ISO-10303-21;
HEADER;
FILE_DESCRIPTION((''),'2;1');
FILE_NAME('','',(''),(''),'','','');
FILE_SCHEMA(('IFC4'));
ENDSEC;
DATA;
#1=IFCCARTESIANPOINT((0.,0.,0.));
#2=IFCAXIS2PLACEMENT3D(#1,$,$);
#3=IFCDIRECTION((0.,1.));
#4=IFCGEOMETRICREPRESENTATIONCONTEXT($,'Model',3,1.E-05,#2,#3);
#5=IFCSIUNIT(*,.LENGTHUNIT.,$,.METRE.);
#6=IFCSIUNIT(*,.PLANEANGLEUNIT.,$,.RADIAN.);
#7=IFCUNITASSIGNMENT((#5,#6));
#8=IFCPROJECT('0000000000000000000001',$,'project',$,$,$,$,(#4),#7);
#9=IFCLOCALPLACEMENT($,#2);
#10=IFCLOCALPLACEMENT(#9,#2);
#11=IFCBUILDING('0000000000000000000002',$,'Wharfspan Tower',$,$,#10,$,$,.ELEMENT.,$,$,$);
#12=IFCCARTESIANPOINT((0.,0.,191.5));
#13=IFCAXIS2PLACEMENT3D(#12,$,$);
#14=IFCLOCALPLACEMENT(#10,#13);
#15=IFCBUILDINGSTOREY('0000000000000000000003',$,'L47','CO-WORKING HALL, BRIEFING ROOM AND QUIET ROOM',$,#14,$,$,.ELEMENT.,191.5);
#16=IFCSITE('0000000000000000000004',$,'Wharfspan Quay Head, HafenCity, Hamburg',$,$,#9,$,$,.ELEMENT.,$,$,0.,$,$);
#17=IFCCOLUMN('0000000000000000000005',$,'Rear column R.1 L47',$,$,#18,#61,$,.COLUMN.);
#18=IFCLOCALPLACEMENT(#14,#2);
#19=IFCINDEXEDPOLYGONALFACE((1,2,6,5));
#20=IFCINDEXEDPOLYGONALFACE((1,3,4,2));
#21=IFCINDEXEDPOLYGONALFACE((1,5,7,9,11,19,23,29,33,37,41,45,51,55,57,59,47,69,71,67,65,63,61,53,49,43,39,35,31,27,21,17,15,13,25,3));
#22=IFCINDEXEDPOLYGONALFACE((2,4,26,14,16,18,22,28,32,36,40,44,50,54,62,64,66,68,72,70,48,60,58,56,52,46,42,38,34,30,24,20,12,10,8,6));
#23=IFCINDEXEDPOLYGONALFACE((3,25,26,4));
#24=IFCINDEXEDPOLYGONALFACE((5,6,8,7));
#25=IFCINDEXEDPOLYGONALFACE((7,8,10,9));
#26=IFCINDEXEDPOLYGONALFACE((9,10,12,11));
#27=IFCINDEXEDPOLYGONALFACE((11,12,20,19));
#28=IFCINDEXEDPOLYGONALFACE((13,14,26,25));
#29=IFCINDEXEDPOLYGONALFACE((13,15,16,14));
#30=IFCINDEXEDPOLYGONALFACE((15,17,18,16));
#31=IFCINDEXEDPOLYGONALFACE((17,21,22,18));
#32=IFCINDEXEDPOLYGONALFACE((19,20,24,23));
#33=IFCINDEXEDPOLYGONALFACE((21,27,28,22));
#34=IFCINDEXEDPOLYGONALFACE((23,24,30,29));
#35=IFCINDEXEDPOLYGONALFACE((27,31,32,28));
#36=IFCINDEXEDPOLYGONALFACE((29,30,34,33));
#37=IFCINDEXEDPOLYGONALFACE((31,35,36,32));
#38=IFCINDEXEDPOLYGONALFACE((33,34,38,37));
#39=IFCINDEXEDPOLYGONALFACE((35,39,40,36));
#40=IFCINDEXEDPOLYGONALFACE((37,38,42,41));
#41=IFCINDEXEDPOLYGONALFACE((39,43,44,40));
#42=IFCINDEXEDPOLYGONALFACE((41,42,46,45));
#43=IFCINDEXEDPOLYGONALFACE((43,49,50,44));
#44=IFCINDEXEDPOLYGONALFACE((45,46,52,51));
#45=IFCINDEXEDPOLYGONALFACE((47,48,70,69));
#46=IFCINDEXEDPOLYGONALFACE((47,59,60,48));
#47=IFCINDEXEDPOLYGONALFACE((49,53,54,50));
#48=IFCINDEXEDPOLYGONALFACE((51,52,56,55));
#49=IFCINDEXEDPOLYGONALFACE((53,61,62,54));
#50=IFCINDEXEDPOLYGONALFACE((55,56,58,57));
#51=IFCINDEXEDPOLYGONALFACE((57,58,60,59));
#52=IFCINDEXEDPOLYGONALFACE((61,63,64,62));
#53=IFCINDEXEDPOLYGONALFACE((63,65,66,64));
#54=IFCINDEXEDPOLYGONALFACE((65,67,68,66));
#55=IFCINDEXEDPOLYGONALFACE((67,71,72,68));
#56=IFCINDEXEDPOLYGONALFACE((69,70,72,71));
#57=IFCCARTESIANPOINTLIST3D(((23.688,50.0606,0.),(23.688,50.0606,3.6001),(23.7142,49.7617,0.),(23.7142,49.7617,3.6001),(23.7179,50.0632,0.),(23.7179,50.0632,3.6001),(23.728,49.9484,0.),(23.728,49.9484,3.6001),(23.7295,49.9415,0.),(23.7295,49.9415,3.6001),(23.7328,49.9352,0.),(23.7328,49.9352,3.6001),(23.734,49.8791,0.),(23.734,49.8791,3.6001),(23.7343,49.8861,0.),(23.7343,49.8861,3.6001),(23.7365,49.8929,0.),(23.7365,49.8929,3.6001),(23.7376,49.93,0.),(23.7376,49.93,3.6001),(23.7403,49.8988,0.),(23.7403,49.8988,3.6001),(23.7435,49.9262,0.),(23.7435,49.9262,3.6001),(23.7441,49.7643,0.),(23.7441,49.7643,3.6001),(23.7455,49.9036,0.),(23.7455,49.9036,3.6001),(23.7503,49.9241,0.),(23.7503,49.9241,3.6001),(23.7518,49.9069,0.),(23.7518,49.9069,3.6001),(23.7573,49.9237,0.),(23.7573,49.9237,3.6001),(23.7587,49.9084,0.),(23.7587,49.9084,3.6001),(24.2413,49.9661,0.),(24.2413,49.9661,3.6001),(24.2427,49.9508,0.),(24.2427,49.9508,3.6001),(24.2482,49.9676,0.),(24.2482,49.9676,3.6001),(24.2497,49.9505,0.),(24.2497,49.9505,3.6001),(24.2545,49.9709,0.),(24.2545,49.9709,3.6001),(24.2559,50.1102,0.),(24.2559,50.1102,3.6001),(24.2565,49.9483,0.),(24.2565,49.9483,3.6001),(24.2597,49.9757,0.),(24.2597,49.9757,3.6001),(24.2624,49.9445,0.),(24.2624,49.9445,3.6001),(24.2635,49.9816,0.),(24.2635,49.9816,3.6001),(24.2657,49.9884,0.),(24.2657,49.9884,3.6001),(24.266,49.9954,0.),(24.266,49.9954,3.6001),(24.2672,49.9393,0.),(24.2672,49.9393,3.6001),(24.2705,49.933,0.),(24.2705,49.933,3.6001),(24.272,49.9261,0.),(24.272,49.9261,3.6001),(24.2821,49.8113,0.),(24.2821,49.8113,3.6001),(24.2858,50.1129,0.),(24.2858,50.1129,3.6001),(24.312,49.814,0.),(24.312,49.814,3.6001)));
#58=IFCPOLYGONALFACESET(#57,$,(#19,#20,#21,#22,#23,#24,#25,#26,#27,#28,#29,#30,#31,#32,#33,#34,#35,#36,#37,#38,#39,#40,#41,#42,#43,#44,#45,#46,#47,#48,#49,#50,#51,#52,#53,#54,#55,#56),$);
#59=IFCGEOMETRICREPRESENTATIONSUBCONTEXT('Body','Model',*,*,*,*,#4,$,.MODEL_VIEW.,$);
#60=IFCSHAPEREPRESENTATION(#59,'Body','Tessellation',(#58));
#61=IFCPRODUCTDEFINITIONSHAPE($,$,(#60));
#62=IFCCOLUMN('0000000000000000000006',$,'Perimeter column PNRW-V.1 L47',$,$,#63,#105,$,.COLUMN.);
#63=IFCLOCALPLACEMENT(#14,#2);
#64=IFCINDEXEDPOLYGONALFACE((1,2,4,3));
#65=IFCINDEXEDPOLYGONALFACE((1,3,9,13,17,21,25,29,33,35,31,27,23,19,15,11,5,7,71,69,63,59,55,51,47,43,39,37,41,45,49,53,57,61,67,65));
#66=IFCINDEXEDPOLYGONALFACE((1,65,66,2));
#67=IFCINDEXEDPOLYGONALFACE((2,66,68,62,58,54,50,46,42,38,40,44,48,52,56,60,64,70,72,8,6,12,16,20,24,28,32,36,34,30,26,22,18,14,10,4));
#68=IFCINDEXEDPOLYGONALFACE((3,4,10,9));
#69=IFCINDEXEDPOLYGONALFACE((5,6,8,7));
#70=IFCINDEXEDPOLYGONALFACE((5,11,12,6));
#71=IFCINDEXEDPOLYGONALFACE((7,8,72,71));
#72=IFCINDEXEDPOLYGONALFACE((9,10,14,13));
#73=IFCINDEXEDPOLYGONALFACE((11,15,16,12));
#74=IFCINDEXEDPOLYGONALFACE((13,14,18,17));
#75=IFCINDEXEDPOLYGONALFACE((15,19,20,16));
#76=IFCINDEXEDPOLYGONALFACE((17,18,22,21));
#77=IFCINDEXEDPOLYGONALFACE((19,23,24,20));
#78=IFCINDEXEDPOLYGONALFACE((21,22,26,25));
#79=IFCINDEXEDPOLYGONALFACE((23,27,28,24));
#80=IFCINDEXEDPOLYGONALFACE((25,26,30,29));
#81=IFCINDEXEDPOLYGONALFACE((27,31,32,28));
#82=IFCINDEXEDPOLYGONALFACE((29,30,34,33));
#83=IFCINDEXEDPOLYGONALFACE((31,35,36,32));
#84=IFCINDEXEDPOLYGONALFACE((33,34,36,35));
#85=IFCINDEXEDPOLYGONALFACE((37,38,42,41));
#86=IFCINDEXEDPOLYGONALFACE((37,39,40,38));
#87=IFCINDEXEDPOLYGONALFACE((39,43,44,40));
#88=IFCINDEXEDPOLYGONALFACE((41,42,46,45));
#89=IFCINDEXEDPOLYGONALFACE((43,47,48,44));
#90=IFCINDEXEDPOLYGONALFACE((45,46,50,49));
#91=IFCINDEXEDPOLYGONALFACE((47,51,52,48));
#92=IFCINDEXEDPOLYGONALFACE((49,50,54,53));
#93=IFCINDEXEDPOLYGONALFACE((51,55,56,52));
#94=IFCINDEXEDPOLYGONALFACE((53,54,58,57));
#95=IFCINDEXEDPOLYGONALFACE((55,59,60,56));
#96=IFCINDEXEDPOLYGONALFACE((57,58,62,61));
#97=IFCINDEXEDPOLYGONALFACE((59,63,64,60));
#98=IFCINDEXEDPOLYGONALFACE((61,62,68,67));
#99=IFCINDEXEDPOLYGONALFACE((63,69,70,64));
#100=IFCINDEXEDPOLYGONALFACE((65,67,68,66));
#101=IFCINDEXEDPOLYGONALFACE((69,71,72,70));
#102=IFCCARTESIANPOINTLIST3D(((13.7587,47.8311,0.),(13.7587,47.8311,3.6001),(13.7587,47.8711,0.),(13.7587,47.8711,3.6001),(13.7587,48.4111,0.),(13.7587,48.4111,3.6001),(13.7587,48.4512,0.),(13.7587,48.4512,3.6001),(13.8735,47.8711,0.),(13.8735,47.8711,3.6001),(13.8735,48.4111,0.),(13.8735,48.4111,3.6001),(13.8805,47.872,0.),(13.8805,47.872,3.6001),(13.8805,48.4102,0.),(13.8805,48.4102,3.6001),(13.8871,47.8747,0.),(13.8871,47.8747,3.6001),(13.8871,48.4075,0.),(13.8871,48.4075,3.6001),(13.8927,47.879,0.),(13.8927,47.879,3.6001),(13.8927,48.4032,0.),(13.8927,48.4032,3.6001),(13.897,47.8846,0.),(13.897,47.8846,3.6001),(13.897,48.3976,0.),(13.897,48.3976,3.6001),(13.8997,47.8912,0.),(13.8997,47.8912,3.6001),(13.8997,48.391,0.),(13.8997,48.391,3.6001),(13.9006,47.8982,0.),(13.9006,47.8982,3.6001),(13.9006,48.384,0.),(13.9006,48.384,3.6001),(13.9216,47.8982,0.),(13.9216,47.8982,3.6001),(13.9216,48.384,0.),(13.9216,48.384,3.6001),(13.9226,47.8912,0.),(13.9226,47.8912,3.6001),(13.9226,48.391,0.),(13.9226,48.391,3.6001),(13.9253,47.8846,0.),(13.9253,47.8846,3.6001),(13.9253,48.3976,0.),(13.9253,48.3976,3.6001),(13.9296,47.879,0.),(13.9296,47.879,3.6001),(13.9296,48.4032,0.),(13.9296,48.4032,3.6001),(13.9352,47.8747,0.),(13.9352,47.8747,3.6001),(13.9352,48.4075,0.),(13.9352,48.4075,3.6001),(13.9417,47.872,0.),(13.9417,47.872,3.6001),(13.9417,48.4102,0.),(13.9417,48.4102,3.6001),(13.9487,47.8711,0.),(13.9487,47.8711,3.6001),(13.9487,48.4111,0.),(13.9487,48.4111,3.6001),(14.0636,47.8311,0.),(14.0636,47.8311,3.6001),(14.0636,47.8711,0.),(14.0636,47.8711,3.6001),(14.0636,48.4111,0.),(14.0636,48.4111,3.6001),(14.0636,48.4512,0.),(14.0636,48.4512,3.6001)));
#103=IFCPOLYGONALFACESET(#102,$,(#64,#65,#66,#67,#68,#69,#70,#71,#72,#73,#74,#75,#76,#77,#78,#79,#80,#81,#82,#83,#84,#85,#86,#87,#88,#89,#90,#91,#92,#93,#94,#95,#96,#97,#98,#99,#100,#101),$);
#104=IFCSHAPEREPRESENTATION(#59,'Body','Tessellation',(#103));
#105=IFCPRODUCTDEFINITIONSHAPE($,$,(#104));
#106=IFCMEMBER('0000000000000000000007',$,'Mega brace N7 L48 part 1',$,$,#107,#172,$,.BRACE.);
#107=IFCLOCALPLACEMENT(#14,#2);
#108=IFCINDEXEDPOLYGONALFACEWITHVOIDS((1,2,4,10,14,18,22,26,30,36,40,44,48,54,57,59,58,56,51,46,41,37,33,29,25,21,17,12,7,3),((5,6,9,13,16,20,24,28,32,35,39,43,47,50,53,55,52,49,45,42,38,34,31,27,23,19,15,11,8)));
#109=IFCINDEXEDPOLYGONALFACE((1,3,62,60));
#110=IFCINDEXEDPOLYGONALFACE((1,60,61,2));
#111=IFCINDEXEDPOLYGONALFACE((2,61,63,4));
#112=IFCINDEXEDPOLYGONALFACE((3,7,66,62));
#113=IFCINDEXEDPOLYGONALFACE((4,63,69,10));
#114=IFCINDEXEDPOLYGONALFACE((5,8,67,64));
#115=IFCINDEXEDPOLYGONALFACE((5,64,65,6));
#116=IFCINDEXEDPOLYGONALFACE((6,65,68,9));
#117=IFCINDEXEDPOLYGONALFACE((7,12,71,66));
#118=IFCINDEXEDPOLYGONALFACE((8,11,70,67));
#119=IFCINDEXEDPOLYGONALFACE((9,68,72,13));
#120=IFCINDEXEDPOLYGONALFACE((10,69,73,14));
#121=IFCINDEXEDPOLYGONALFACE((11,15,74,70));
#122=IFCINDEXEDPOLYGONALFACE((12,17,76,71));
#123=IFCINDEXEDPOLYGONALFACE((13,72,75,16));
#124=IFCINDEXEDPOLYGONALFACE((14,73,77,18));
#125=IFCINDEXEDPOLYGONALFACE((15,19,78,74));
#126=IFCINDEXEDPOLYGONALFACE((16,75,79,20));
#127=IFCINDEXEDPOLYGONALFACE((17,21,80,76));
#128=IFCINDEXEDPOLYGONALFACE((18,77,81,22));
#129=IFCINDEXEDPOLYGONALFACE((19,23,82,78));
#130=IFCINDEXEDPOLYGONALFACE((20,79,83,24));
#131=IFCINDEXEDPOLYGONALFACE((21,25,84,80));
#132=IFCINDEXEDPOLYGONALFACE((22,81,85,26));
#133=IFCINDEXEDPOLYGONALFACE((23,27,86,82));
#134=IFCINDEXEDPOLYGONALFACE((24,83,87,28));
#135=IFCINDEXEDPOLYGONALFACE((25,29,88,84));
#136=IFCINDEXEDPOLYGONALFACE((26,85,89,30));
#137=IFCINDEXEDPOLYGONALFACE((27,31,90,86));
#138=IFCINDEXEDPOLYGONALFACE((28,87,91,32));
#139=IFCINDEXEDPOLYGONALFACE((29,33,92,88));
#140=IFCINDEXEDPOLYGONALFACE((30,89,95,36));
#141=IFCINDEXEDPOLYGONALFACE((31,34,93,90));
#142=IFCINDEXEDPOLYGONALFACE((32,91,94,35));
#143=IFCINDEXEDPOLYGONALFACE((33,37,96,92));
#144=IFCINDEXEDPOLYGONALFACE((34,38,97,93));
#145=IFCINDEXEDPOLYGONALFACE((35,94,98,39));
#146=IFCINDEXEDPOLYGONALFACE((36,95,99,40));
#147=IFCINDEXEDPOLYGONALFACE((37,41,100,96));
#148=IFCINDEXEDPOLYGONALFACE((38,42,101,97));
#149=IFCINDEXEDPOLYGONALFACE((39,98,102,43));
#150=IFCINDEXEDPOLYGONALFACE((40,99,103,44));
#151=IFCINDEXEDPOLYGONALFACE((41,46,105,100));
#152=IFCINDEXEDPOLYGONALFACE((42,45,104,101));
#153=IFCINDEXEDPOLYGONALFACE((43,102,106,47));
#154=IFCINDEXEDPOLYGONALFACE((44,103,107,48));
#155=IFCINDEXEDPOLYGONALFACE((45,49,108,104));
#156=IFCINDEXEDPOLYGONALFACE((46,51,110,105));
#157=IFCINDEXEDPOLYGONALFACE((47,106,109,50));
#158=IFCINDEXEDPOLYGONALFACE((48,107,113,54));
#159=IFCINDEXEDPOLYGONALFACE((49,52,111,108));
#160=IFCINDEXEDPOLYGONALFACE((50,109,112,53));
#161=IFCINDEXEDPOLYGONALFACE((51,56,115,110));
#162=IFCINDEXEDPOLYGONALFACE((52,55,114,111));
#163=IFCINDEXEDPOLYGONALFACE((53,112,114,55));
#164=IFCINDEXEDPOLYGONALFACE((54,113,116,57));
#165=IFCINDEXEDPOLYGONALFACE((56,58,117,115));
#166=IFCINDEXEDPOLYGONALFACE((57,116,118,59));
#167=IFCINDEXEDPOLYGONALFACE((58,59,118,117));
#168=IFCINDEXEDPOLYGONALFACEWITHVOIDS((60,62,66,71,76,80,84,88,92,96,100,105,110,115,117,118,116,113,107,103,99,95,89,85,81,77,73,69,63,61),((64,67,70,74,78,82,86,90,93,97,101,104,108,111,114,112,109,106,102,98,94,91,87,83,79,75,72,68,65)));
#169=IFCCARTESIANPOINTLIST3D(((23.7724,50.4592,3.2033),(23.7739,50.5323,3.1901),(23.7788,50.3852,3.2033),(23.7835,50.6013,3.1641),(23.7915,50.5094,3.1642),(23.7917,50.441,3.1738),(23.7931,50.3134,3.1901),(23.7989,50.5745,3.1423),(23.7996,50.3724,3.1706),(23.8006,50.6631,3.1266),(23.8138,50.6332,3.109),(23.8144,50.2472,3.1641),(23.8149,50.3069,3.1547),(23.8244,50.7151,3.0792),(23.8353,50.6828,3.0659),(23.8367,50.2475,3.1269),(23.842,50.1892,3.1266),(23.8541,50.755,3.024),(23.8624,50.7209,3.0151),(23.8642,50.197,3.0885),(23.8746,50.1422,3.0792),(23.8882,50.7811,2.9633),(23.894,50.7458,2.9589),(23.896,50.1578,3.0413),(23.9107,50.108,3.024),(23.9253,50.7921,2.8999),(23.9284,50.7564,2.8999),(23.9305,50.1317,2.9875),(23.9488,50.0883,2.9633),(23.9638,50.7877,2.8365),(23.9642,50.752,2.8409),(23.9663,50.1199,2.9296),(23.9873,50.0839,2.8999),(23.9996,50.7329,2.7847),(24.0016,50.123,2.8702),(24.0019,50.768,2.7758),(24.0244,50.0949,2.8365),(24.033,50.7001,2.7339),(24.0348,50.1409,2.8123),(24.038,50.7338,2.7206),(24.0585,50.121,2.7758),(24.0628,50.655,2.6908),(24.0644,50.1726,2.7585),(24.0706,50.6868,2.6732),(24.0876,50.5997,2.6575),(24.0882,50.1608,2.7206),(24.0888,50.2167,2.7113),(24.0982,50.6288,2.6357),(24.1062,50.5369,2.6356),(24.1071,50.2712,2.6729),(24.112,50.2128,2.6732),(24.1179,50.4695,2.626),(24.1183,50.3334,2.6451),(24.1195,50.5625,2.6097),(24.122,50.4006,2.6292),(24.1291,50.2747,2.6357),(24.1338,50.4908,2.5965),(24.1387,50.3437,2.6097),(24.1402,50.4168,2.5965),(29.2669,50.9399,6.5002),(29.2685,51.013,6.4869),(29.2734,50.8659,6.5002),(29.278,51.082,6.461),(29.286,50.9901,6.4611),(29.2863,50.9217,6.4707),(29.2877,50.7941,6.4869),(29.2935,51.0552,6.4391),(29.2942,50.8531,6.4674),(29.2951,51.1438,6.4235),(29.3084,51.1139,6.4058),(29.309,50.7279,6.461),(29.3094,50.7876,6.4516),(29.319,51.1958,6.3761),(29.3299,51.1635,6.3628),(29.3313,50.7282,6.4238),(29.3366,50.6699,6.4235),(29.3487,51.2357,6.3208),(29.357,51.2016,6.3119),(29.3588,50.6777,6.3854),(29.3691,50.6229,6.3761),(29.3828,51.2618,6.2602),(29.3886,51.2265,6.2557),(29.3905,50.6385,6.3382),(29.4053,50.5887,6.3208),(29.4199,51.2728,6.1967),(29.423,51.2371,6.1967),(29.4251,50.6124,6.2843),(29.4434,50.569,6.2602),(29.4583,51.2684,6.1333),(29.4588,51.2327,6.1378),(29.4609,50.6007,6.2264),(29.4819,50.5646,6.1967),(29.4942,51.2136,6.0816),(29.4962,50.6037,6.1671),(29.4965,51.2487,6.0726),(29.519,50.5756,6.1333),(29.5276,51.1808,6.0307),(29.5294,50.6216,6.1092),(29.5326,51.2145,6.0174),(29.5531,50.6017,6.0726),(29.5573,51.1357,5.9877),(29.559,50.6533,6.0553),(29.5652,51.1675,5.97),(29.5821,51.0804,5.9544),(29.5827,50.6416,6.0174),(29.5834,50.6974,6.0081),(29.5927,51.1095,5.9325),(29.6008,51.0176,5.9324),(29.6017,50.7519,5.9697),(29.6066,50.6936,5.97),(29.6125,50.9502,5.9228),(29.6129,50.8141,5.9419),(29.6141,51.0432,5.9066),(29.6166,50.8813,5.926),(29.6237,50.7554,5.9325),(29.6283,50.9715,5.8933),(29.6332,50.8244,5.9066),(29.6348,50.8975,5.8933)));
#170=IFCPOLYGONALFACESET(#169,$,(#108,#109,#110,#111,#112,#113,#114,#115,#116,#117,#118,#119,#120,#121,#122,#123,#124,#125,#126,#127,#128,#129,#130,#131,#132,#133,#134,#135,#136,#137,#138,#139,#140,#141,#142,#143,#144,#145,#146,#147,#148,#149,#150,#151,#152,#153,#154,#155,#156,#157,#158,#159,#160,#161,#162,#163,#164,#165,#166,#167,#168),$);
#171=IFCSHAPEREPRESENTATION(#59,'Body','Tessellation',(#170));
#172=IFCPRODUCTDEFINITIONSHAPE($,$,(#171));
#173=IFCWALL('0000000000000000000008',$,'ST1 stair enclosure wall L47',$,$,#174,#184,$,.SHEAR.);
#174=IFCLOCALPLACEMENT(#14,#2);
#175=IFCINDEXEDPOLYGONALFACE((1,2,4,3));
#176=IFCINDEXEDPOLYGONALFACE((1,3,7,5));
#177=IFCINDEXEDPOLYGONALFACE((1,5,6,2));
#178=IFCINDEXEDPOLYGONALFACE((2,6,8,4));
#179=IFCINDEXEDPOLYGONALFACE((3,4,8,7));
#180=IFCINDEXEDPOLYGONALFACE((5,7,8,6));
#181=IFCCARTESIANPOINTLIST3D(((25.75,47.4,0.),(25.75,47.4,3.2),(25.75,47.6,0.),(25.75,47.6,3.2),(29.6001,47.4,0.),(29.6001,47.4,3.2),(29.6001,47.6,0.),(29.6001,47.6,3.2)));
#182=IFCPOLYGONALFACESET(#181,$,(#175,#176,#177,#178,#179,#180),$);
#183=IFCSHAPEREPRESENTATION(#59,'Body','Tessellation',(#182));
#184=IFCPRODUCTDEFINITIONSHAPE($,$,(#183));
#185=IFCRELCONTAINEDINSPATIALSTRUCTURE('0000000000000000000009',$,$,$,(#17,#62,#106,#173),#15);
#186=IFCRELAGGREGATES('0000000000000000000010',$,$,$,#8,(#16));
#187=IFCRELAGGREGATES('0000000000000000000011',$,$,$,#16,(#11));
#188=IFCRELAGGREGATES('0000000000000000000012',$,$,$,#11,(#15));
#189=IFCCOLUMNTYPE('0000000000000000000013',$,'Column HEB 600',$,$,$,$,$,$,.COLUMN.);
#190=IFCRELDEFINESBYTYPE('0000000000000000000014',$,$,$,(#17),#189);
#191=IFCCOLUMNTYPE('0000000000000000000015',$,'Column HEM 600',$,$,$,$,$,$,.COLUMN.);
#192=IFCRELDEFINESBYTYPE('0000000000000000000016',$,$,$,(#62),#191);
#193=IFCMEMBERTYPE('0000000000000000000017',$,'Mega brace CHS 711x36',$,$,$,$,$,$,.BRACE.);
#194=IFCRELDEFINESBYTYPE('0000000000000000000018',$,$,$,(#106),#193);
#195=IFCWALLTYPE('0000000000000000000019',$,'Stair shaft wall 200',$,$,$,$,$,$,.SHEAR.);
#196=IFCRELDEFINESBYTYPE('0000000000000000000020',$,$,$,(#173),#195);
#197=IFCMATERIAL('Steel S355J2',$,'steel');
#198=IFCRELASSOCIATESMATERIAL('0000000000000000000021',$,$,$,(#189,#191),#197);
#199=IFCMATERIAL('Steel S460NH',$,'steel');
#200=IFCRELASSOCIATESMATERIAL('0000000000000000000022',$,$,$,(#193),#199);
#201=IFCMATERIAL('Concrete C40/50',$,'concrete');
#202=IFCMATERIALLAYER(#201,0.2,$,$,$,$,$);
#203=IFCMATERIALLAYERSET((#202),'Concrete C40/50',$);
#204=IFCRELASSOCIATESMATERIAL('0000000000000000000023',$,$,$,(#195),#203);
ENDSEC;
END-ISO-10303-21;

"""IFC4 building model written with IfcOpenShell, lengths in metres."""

from ifc_helpers import new_model, si_unit, direction, frame, frame_2d, origin, origin_2d, place, context, subcontext, project, spatial, rectangle, hollow_circle, i_section, extrude, material, layer, layer_set, material_profile, profile_set, type_object, element, save


model = new_model("IFC4")

# Units and contexts
model_context = context("Model", 3, precision=1e-05, world=origin(), true_north=direction((0.0, 1.0)))
body_context = subcontext(model_context, "Body", "Model", "MODEL_VIEW")
ifc_project = project(units=[si_unit("LENGTHUNIT", "METRE"), si_unit("PLANEANGLEUNIT", "RADIAN")], contexts=[model_context])

# Site, building, storey
site_placement = place(None, origin())
site = spatial("IfcSite", under=ifc_project, at=site_placement, Name="Wharfspan Quay Head, HafenCity, Hamburg", CompositionType="ELEMENT", RefElevation=0.0)
building_placement = place(site_placement, origin())
building = spatial("IfcBuilding", under=site, at=building_placement, Name="Wharfspan Tower", CompositionType="ELEMENT")
storey_placement = place(building_placement, frame((0.0, 0.0, 191.5)))
storey = spatial("IfcBuildingStorey", under=building, at=storey_placement, Name="L47", Description="CO-WORKING HALL, BRIEFING ROOM AND QUIET ROOM", CompositionType="ELEMENT", Elevation=191.5)

# Columns
ifc_material_1 = material(Name="Steel S355J2", Category="steel")
ifc_material_profile_1 = material_profile(ifc_material_1, i_section(OverallWidth=0.3, OverallDepth=0.6001, WebThickness=0.0154, FlangeThickness=0.03, FilletRadius=0.0271, at=origin_2d()))
ifc_profile_set_1 = profile_set([ifc_material_profile_1], Name="Steel S355J2")
column_type_1 = type_object("IfcColumnType", Name="Column HEB 600", PredefinedType="COLUMN", material=ifc_profile_set_1)
column_1_placement = place(storey_placement, frame((24.0, 49.9373, 0.0), z_axis=(0.0, 0.0, 1.0), x_axis=(-0.087156, 0.996198, 0.0)))
element("IfcColumn", 1, at=column_1_placement, inside=storey, type_object=column_type_1, Name="Rear column R.1 L47", PredefinedType="COLUMN", context=body_context, shape_type="SweptSolid", body=[
    extrude(i_section(OverallWidth=0.3, OverallDepth=0.6001, WebThickness=0.0154, FlangeThickness=0.03, FilletRadius=0.0271, at=origin_2d()), origin(), (0.0, 0.0, 1.0), 3.6001),
])
ifc_material_profile_2 = material_profile(ifc_material_1, i_section(OverallWidth=0.3049, OverallDepth=0.6201, WebThickness=0.021, FlangeThickness=0.04, FilletRadius=0.0271, at=origin_2d()))
ifc_profile_set_2 = profile_set([ifc_material_profile_2], Name="Steel S355J2")
column_type_2 = type_object("IfcColumnType", Name="Column HEM 600", PredefinedType="COLUMN", material=ifc_profile_set_2)
column_2_placement = place(storey_placement, frame((13.9111, 48.1411, 0.0), z_axis=(0.0, 0.0, 1.0), x_axis=(-1.0, 0.0, 0.0)))
element("IfcColumn", 2, at=column_2_placement, inside=storey, type_object=column_type_2, Name="Perimeter column PNRW-V.1 L47", PredefinedType="COLUMN", context=body_context, shape_type="SweptSolid", body=[
    extrude(i_section(OverallWidth=0.3049, OverallDepth=0.6201, WebThickness=0.021, FlangeThickness=0.04, FilletRadius=0.0271, at=origin_2d()), origin(), (0.0, 0.0, 1.0), 3.6001),
])

# Member
ifc_material_2 = material(Name="Steel S460NH", Category="steel")
ifc_material_profile_3 = material_profile(ifc_material_2, hollow_circle(Radius=0.3555, WallThickness=0.0359, at=origin_2d()))
ifc_profile_set_3 = profile_set([ifc_material_profile_3], Name="Steel S460NH")
member_type = type_object("IfcMemberType", Name="Mega brace CHS 711x36", PredefinedType="BRACE", material=ifc_profile_set_3)
member_placement = place(storey_placement, frame((23.9563, 50.438, 2.8999), z_axis=(0.855083, 0.074809, 0.513065), x_axis=(-0.087154, 0.996196, -0.000001)))
element("IfcMember", 3, at=member_placement, inside=storey, type_object=member_type, Name="Mega brace N7 L48 part 1", PredefinedType="BRACE", context=body_context, shape_type="SweptSolid", body=[
    extrude(hollow_circle(Radius=0.3555, WallThickness=0.0359, at=origin_2d()), origin(), (0.0, 0.0, 1.0), 6.4258),
])

# Wall
ifc_material_3 = material(Name="Concrete C40/50", Category="concrete")
ifc_layer_1 = layer(ifc_material_3, 0.2)
ifc_layer_set_1 = layer_set([ifc_layer_1], Name="Concrete C40/50")
wall_type_1 = type_object("IfcWallType", Name="Stair shaft wall 200", PredefinedType="SHEAR", material=ifc_layer_set_1)
wall_1_placement = place(storey_placement, frame((25.75, 47.5, 0.0), z_axis=(0.0, 0.0, 1.0), x_axis=(1.0, 0.0, 0.0)))
element("IfcWall", 4, at=wall_1_placement, inside=storey, type_object=wall_type_1, Name="ST1 stair enclosure wall L47", PredefinedType="SHEAR", context=body_context, shape_type="SweptSolid", body=[
    extrude(rectangle(XDim=3.8501, YDim=0.2, at=frame_2d((1.925, 0.0))), origin(), (0.0, 0.0, 1.0), 3.2),
])

save(model, "model.ifc")
